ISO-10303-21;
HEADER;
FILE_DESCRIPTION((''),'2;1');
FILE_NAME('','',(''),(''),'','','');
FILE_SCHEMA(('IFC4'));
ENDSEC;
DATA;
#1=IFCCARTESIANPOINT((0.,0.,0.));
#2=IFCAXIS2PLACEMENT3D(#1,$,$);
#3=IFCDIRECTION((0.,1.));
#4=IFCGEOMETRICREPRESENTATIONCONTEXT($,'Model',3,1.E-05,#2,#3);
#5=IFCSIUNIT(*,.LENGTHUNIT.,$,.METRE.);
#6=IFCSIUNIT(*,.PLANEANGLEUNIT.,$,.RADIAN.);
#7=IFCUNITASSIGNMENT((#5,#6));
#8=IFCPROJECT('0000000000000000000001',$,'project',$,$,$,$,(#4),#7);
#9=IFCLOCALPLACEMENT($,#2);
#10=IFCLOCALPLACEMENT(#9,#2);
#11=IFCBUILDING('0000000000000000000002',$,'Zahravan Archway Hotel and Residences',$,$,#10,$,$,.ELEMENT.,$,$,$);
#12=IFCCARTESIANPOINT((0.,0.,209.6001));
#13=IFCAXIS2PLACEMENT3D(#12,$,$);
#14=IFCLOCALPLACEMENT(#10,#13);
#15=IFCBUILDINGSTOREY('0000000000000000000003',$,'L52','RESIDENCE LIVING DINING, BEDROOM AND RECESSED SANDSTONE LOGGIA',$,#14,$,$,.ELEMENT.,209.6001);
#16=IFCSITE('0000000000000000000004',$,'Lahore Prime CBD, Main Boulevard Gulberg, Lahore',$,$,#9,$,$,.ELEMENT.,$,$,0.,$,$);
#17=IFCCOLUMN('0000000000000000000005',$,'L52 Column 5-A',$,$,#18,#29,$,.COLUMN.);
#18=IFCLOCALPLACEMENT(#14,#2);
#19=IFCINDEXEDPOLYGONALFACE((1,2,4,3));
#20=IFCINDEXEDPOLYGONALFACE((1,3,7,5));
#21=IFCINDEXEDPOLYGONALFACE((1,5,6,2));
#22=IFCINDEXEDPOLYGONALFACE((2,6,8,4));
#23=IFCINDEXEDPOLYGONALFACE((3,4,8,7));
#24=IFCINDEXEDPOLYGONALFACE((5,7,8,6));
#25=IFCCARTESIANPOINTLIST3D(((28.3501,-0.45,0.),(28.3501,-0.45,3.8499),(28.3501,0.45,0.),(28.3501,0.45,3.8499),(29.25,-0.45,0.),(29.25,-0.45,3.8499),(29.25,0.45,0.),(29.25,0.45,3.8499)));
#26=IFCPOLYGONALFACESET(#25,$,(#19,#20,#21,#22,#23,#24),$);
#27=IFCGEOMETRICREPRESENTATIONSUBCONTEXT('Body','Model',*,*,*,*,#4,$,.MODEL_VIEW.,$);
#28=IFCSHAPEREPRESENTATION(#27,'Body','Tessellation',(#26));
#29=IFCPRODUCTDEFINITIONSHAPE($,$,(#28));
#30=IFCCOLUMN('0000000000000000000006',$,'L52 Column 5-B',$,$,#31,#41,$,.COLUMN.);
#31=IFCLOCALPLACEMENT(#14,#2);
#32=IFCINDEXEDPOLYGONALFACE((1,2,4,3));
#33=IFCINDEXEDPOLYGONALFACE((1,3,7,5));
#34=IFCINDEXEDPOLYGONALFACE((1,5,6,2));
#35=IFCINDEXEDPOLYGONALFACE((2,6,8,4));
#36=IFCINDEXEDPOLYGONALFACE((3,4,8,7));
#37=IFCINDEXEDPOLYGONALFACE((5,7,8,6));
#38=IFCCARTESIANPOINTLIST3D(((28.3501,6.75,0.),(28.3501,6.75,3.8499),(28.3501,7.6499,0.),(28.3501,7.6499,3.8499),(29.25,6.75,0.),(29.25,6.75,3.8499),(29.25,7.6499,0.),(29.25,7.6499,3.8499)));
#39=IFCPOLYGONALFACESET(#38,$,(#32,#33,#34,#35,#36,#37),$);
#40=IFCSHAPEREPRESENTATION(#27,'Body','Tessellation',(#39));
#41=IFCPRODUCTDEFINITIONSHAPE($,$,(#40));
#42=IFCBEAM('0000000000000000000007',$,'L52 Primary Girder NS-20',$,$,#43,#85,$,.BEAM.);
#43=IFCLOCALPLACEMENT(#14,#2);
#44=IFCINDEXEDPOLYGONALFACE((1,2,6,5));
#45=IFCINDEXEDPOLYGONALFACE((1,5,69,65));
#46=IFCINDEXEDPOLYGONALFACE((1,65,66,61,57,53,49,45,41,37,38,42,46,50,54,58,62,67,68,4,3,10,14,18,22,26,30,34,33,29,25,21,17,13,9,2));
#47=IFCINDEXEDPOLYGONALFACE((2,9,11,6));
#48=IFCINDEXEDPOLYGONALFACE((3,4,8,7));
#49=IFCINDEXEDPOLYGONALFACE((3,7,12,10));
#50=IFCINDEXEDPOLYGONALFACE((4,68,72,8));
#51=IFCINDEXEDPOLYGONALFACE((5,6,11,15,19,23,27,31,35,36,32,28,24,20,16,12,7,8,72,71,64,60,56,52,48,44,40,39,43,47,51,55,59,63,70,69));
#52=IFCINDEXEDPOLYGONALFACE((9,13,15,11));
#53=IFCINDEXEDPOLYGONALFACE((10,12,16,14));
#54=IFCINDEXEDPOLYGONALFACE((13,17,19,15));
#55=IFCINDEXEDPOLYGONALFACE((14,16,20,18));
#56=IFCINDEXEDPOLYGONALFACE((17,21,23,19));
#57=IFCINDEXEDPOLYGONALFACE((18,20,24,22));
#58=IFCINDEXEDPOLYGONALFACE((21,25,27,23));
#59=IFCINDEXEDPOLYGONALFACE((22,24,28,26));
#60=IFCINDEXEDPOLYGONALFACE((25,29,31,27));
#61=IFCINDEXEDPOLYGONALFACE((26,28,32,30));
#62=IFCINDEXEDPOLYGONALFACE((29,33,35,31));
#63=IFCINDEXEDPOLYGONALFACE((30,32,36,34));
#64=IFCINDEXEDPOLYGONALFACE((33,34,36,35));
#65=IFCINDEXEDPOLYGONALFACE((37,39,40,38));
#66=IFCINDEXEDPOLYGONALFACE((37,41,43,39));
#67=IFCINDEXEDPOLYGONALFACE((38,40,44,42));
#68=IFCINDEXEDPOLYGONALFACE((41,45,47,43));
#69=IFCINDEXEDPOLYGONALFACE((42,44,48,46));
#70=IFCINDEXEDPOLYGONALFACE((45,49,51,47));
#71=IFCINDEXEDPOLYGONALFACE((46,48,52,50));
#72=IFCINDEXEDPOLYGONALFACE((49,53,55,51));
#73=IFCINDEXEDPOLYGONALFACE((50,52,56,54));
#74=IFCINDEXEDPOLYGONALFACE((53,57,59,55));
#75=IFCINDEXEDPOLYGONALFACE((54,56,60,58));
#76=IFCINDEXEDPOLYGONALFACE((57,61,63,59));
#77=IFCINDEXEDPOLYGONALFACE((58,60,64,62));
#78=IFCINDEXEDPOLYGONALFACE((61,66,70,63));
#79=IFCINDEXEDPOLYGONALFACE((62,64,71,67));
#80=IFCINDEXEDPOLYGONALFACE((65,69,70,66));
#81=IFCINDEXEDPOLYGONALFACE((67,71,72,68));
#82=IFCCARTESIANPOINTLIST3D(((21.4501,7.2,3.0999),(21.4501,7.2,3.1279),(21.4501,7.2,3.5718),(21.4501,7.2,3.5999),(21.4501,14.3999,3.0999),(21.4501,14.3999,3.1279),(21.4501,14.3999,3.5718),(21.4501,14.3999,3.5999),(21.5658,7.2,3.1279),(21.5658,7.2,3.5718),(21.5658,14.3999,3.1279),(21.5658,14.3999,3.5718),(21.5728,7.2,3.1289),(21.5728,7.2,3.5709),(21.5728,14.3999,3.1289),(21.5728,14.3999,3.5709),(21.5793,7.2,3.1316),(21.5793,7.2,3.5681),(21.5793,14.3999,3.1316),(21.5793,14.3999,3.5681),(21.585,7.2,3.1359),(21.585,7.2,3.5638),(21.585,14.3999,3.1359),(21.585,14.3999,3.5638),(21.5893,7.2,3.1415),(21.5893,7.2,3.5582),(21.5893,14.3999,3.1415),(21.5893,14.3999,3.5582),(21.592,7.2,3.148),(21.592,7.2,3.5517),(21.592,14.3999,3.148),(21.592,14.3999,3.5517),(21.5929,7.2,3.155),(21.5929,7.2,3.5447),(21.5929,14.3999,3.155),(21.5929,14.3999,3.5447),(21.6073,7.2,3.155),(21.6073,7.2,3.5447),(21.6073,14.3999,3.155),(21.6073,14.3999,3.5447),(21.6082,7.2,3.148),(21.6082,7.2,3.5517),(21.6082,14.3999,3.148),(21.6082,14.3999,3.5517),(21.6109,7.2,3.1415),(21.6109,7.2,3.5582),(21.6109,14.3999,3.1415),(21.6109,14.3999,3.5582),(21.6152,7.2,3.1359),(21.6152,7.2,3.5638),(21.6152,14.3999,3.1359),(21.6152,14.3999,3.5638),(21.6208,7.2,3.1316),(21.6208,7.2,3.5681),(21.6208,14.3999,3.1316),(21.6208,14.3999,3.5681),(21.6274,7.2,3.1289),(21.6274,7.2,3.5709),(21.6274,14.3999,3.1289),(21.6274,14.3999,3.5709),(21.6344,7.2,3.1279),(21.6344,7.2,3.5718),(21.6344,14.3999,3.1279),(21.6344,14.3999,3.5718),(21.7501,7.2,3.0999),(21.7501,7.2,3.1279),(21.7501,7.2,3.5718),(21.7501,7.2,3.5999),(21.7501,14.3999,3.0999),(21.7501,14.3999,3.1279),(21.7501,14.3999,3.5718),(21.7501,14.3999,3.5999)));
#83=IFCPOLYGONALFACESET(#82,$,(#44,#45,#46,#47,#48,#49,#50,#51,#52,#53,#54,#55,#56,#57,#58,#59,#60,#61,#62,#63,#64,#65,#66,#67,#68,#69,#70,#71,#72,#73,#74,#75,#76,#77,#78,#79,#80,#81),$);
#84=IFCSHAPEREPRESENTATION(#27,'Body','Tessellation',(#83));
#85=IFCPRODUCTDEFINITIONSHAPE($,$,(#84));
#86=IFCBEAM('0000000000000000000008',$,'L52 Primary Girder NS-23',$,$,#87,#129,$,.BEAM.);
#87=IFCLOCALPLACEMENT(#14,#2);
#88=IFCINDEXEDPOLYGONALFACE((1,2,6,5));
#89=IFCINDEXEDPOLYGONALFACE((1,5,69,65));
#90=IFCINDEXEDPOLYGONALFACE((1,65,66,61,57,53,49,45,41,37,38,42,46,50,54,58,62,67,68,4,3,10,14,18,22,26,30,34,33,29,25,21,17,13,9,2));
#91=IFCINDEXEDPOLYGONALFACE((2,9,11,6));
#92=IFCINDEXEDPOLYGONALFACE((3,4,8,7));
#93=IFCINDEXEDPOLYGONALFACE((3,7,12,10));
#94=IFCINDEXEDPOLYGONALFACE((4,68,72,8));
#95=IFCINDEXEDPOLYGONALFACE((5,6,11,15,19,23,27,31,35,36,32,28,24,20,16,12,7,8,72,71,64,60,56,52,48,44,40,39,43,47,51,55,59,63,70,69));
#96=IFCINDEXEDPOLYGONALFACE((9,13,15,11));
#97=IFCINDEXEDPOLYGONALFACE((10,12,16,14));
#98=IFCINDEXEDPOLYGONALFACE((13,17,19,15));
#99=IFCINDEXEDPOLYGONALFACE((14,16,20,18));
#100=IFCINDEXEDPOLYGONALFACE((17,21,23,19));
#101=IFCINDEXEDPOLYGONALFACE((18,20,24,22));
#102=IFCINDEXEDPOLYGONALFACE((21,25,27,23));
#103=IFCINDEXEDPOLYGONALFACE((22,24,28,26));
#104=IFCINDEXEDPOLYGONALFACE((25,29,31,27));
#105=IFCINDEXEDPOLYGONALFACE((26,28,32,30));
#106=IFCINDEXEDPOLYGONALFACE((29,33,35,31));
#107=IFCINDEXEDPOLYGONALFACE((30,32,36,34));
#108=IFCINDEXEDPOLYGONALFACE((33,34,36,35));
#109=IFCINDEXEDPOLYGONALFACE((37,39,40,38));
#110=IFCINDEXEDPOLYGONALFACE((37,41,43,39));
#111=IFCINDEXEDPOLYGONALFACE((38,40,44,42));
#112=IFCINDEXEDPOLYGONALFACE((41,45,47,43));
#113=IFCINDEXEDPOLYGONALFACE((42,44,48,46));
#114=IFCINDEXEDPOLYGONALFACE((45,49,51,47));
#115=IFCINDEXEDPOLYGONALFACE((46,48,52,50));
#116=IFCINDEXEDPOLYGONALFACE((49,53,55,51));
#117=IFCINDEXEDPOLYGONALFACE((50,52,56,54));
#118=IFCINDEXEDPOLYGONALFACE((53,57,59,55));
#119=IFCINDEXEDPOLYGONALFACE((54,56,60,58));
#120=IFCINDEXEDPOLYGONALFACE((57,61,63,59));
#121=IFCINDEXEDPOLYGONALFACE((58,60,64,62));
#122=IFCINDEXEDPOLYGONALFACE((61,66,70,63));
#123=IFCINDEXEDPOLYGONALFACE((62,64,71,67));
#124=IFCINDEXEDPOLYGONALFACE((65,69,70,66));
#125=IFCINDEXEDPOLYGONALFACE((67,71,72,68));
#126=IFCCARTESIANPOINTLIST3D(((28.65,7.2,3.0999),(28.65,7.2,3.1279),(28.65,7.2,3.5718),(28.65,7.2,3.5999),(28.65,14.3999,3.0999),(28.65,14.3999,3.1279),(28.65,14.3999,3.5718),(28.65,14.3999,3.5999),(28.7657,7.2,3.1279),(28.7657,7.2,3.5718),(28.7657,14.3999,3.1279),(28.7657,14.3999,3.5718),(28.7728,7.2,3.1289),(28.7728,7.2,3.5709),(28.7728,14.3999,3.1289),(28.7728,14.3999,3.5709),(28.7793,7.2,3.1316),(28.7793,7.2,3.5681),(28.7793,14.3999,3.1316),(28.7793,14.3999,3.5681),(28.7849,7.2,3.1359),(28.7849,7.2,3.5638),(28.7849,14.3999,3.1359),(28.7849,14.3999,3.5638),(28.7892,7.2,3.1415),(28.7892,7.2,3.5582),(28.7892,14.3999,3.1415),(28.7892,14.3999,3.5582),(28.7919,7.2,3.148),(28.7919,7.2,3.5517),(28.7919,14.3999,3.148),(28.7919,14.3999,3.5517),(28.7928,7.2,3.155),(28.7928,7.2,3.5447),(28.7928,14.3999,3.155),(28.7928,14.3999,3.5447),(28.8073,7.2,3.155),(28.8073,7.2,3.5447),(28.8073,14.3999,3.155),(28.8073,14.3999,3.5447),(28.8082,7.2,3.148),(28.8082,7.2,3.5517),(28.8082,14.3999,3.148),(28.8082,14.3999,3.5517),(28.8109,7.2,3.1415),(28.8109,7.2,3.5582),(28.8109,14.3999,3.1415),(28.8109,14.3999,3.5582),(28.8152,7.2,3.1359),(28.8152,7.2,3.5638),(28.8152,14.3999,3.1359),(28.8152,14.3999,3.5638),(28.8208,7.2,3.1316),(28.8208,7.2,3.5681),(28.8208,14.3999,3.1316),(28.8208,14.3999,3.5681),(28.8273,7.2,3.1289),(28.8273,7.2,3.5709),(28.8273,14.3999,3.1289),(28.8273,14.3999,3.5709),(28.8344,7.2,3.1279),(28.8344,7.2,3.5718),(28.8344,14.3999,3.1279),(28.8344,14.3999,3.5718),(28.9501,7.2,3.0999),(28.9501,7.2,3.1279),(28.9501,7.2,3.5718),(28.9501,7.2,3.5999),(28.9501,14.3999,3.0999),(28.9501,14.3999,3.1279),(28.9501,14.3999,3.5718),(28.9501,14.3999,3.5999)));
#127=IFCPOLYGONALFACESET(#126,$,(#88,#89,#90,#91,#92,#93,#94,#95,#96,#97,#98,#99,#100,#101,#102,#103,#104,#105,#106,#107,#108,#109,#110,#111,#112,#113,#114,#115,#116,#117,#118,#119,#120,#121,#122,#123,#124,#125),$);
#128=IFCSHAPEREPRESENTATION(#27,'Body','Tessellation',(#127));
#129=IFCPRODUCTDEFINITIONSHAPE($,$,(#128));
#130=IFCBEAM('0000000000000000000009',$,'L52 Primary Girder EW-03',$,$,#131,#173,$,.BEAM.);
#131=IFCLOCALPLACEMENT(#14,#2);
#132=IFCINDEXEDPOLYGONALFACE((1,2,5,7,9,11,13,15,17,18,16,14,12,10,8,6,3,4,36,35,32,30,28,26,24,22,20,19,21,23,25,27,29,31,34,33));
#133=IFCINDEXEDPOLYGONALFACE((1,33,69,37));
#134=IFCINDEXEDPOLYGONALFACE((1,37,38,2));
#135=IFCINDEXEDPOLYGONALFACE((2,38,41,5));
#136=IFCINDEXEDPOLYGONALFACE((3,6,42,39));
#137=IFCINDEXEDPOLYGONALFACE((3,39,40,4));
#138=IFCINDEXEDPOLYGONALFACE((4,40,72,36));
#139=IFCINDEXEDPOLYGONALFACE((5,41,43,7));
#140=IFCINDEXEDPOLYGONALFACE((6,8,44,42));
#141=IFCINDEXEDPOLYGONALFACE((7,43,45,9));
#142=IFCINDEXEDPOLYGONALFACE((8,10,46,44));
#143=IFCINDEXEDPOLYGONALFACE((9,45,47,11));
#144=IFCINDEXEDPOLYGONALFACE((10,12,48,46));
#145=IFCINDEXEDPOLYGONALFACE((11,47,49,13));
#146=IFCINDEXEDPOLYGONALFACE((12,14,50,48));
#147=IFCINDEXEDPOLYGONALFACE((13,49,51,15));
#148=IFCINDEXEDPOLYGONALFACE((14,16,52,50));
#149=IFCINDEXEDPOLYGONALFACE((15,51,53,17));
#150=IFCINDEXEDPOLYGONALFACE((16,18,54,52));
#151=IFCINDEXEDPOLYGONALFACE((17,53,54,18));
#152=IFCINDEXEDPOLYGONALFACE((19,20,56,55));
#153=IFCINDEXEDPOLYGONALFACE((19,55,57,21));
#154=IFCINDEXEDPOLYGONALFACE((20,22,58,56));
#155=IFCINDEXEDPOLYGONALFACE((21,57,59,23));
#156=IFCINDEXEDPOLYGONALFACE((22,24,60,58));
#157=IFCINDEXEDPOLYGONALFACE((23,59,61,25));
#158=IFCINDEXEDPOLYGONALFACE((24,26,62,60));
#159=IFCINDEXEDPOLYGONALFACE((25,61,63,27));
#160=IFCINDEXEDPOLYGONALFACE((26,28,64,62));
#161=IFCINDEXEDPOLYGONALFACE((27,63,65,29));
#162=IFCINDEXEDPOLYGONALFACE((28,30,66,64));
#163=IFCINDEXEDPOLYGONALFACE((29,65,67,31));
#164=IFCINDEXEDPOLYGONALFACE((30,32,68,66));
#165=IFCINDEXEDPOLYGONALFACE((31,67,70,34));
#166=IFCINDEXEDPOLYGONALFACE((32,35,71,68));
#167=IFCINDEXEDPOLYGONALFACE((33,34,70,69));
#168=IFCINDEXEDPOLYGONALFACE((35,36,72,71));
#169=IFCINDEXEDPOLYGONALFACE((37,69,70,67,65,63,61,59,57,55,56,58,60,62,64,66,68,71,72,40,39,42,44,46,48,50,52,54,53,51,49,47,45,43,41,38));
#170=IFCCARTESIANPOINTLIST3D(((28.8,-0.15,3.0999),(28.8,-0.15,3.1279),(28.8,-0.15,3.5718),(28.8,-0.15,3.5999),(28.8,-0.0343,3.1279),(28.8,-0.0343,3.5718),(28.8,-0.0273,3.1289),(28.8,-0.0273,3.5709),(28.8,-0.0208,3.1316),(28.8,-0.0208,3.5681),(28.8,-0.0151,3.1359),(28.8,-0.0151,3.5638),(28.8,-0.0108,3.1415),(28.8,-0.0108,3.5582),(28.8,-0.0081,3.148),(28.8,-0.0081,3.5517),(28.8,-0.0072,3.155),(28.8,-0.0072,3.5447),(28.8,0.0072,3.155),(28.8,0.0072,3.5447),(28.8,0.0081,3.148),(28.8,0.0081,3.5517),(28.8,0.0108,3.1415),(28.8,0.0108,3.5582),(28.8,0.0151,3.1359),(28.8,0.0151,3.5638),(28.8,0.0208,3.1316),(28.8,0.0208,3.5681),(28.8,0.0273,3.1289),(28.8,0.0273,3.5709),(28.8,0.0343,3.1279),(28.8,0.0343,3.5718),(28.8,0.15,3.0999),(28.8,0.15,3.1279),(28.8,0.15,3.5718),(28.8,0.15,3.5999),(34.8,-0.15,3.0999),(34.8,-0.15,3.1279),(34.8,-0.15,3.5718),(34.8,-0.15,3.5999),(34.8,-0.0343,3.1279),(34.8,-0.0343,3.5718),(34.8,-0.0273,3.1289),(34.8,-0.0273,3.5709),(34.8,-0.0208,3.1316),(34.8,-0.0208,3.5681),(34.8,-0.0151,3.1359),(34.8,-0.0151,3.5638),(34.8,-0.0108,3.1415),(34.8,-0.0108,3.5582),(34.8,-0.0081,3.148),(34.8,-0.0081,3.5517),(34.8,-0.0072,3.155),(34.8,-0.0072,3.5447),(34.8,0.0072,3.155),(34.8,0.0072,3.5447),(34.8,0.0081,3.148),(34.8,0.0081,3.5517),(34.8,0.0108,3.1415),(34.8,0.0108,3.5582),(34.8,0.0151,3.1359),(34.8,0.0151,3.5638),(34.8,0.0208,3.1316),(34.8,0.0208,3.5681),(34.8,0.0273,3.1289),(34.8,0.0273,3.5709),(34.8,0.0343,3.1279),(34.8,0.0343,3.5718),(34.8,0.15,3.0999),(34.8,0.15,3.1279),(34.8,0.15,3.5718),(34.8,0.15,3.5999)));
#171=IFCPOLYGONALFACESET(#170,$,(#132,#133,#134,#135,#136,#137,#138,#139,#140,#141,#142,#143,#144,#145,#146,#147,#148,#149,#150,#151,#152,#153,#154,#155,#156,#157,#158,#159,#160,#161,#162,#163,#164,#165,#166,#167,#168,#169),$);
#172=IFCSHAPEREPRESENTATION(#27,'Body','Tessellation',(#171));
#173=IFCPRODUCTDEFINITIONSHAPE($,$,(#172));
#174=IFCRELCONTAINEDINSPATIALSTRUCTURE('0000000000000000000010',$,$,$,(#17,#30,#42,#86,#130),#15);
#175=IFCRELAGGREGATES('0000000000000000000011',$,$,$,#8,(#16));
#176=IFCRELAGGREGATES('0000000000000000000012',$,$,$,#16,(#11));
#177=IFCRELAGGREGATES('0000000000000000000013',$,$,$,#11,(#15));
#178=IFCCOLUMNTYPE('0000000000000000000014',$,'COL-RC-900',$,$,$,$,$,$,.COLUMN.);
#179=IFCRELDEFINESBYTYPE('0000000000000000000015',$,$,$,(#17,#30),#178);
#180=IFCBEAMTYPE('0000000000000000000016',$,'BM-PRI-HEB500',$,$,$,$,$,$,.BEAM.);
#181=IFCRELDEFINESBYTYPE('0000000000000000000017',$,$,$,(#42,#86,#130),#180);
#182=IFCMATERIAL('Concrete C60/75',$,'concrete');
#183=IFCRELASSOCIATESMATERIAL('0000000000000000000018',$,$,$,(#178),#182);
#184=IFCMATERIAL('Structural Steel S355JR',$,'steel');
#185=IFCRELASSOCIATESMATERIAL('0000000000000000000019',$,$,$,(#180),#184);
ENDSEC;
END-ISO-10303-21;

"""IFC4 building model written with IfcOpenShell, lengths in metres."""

from ifc_helpers import new_model, si_unit, direction, frame, origin, origin_2d, place, context, subcontext, project, spatial, rectangle, i_section, extrude, source, transform, mapped, material, material_profile, profile_set, type_object, element, save


model = new_model("IFC4")

# Units and contexts
model_context = context("Model", 3, precision=1e-05, world=origin(), true_north=direction((0.0, 1.0)))
body_context = subcontext(model_context, "Body", "Model", "MODEL_VIEW")
ifc_project = project(units=[si_unit("LENGTHUNIT", "METRE"), si_unit("PLANEANGLEUNIT", "RADIAN")], contexts=[model_context])

# Site, building, storey
site_placement = place(None, origin())
site = spatial("IfcSite", under=ifc_project, at=site_placement, Name="Lahore Prime CBD, Main Boulevard Gulberg, Lahore", CompositionType="ELEMENT", RefElevation=0.0)
building_placement = place(site_placement, origin())
building = spatial("IfcBuilding", under=site, at=building_placement, Name="Zahravan Archway Hotel and Residences", CompositionType="ELEMENT")
storey_placement = place(building_placement, frame((0.0, 0.0, 209.6001)))
storey = spatial("IfcBuildingStorey", under=building, at=storey_placement, Name="L52", Description="RESIDENCE LIVING DINING, BEDROOM AND RECESSED SANDSTONE LOGGIA", CompositionType="ELEMENT", Elevation=209.6001)

# Columns
ifc_material_1 = material(Name="Concrete C60/75", Category="concrete")
ifc_material_profile_1 = material_profile(ifc_material_1, rectangle(XDim=0.8999, YDim=0.8999, at=origin_2d()), Name="RC-COL-900x900", Category="concrete")
ifc_profile_set_1 = profile_set([ifc_material_profile_1], Name="Concrete C60/75")
column_type = type_object("IfcColumnType", Name="COL-RC-900", PredefinedType="COLUMN", material=ifc_profile_set_1)
shared_shape_1 = source(origin(), body_context, "Body", "SweptSolid", [
    extrude(rectangle(XDim=0.8999, YDim=0.8999, at=origin_2d()), origin(), (0.0, 0.0, 1.0), 3.8499),
])
for number, where, z_axis, x_axis, name in (
    (1, (28.8, 0.0, 0.0), (0.0, 0.0, 1.0), (1.0, 0.0, 0.0), "L52 Column 5-A"),
    (2, (28.8, 7.2, 0.0), (0.0, 0.0, 1.0), (1.0, 0.0, 0.0), "L52 Column 5-B"),
):
    element("IfcColumn", number, at=place(storey_placement, frame(where, z_axis=z_axis, x_axis=x_axis)), inside=storey, type_object=column_type, Name=name, PredefinedType="COLUMN", context=body_context, shape_type="MappedRepresentation", body=[
        mapped(shared_shape_1, transform((0.0, 0.0, 0.0), scale=1.0)),
    ])

# Beams
ifc_material_2 = material(Name="Structural Steel S355JR", Category="steel")
ifc_material_profile_2 = material_profile(ifc_material_2, i_section(OverallWidth=0.3, OverallDepth=0.5, WebThickness=0.0144, FlangeThickness=0.0281, FilletRadius=0.0271, at=origin_2d()), Name="HEB 500", Category="steel")
ifc_profile_set_2 = profile_set([ifc_material_profile_2], Name="Structural Steel S355JR")
beam_type_1 = type_object("IfcBeamType", Name="BM-PRI-HEB500", PredefinedType="BEAM", material=ifc_profile_set_2)
shared_shape_2 = source(origin(), body_context, "Body", "SweptSolid", [
    extrude(i_section(OverallWidth=0.3, OverallDepth=0.5, WebThickness=0.0144, FlangeThickness=0.0281, FilletRadius=0.0271, at=origin_2d()), origin(), (0.0, 0.0, 1.0), 7.2),
])
for number, where, z_axis, x_axis, name in (
    (3, (21.6001, 7.2, 3.3499), (0.0, 1.0, 0.0), (-1.0, 0.0, 0.0), "L52 Primary Girder NS-20"),
    (4, (28.8, 7.2, 3.3499), (0.0, 1.0, 0.0), (-1.0, 0.0, 0.0), "L52 Primary Girder NS-23"),
):
    element("IfcBeam", number, at=place(storey_placement, frame(where, z_axis=z_axis, x_axis=x_axis)), inside=storey, type_object=beam_type_1, Name=name, PredefinedType="BEAM", context=body_context, shape_type="MappedRepresentation", body=[
        mapped(shared_shape_2, transform((0.0, 0.0, 0.0), scale=1.0)),
    ])
shared_shape_3 = source(origin(), body_context, "Body", "SweptSolid", [
    extrude(i_section(OverallWidth=0.3, OverallDepth=0.5, WebThickness=0.0144, FlangeThickness=0.0281, FilletRadius=0.0271, at=origin_2d()), origin(), (0.0, 0.0, 1.0), 6.0),
])
for number, where, z_axis, x_axis, name in (
    (5, (28.8, 0.0, 3.3499), (1.0, 0.0, 0.0), (0.0, 1.0, 0.0), "L52 Primary Girder EW-03"),
):
    element("IfcBeam", number, at=place(storey_placement, frame(where, z_axis=z_axis, x_axis=x_axis)), inside=storey, type_object=beam_type_1, Name=name, PredefinedType="BEAM", context=body_context, shape_type="MappedRepresentation", body=[
        mapped(shared_shape_3, transform((0.0, 0.0, 0.0), scale=1.0)),
    ])

save(model, "model.ifc")
